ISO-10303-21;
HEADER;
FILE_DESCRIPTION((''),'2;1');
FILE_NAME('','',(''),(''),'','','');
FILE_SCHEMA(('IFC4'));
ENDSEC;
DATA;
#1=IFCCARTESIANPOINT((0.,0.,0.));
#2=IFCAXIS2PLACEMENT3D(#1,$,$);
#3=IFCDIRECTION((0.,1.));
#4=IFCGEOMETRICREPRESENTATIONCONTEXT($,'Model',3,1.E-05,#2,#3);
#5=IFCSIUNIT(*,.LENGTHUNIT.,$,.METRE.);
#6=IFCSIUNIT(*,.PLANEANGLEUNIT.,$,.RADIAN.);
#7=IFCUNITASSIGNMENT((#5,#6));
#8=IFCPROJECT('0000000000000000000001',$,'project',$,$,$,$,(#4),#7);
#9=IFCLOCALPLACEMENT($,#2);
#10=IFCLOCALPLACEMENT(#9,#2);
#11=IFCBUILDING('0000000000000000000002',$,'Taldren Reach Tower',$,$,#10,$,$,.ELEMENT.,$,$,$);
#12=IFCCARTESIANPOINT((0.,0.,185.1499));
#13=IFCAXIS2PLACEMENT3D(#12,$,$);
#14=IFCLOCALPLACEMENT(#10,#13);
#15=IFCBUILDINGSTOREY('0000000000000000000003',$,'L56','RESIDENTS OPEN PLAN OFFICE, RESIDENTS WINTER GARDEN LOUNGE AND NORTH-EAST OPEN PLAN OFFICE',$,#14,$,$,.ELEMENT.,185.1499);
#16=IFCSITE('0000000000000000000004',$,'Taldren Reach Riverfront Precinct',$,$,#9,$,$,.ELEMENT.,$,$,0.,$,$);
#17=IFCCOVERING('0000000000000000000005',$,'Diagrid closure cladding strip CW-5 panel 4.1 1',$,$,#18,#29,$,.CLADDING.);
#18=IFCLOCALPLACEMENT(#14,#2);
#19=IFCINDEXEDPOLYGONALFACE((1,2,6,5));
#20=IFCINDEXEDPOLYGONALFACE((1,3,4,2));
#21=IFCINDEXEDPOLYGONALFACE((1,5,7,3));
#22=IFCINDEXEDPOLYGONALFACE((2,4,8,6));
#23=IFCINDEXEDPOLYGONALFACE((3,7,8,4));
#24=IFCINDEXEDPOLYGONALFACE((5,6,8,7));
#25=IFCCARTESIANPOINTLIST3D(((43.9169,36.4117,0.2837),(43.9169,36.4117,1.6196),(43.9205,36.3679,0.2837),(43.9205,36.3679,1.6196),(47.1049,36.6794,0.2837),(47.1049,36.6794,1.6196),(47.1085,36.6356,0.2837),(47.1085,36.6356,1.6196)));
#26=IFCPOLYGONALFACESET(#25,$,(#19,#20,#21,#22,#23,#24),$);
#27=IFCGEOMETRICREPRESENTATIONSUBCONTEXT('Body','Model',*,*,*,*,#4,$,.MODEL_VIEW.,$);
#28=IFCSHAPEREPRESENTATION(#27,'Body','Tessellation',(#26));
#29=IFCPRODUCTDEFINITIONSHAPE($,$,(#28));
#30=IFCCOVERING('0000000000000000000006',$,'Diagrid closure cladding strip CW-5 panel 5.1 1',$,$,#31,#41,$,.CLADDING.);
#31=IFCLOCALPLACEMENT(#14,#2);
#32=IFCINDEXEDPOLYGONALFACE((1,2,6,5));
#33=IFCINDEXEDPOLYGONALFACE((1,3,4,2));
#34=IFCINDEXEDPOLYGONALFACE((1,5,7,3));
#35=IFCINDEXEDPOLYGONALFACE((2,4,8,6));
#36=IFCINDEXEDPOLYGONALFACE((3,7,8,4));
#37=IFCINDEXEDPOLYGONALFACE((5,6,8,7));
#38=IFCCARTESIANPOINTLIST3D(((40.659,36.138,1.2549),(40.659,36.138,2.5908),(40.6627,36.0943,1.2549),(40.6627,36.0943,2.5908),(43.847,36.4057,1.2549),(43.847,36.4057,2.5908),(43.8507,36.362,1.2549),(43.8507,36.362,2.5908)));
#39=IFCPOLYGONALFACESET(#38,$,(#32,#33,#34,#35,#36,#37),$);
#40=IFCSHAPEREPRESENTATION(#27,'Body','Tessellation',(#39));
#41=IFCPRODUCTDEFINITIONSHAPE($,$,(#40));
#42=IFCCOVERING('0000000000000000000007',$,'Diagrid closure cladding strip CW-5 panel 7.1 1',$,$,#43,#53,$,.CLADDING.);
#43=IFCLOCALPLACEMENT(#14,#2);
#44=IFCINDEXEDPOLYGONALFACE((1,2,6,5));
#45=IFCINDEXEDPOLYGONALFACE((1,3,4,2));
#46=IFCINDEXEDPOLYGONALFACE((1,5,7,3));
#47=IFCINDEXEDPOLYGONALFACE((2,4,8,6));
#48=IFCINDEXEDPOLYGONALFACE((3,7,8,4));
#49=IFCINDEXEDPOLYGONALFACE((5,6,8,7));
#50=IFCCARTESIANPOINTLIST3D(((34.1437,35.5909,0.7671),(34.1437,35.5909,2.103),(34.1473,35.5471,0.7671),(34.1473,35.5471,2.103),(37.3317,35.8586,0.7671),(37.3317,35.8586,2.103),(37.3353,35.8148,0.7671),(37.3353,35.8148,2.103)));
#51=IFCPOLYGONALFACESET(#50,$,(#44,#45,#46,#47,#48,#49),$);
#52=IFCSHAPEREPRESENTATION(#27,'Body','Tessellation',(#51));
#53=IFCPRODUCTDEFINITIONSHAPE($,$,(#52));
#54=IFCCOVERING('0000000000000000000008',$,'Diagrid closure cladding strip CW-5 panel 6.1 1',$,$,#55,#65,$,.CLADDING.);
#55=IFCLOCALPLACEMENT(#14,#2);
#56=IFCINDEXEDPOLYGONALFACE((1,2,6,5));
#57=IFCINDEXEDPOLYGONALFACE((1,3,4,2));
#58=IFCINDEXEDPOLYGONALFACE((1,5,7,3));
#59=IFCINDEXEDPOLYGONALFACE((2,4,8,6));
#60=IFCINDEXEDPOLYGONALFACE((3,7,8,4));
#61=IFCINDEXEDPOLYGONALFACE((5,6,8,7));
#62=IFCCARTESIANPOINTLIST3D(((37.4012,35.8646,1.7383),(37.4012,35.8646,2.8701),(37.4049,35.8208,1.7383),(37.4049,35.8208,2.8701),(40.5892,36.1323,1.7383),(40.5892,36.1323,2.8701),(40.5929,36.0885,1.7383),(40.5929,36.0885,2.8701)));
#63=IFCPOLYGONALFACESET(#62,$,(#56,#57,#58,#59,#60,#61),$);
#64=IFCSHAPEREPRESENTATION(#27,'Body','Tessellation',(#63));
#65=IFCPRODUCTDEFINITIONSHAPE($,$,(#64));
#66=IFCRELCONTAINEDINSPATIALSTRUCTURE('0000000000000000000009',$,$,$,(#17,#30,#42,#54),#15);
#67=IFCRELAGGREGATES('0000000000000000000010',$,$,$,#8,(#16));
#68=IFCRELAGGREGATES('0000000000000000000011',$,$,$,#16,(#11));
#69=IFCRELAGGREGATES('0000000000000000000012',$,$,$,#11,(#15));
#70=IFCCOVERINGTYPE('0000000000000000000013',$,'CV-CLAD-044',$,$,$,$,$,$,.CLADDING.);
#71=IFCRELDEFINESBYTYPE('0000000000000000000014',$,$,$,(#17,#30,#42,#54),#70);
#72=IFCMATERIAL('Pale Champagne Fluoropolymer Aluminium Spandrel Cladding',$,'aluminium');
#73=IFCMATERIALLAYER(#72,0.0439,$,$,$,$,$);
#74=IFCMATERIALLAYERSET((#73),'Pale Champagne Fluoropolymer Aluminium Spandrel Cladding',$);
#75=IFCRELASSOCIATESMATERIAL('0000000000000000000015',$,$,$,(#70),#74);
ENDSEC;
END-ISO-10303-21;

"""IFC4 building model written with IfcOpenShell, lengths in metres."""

from ifc_helpers import new_model, si_unit, direction, frame, origin, origin_2d, place, context, subcontext, project, spatial, rectangle, extrude, source, transform, mapped, material, layer, layer_set, type_object, element, save


model = new_model("IFC4")

# Units and contexts
model_context = context("Model", 3, precision=1e-05, world=origin(), true_north=direction((0.0, 1.0)))
body_context = subcontext(model_context, "Body", "Model", "MODEL_VIEW")
ifc_project = project(units=[si_unit("LENGTHUNIT", "METRE"), si_unit("PLANEANGLEUNIT", "RADIAN")], contexts=[model_context])

# Site, building, storey
site_placement = place(None, origin())
site = spatial("IfcSite", under=ifc_project, at=site_placement, Name="Taldren Reach Riverfront Precinct", CompositionType="ELEMENT", RefElevation=0.0)
building_placement = place(site_placement, origin())
building = spatial("IfcBuilding", under=site, at=building_placement, Name="Taldren Reach Tower", CompositionType="ELEMENT")
storey_placement = place(building_placement, frame((0.0, 0.0, 185.1499)))
storey = spatial("IfcBuildingStorey", under=building, at=storey_placement, Name="L56", Description="RESIDENTS OPEN PLAN OFFICE, RESIDENTS WINTER GARDEN LOUNGE AND NORTH-EAST OPEN PLAN OFFICE", CompositionType="ELEMENT", Elevation=185.1499)

# Coverings
ifc_material_1 = material(Name="Pale Champagne Fluoropolymer Aluminium Spandrel Cladding", Category="aluminium")
ifc_layer_1 = layer(ifc_material_1, 0.0439)
ifc_layer_set_1 = layer_set([ifc_layer_1], Name="Pale Champagne Fluoropolymer Aluminium Spandrel Cladding")
covering_type = type_object("IfcCoveringType", Name="CV-CLAD-044", PredefinedType="CLADDING", material=ifc_layer_set_1)
shared_shape_1 = source(origin(), body_context, "Body", "SweptSolid", [
    extrude(rectangle(XDim=3.1992, YDim=0.0439, at=origin_2d()), origin(), (0.0, 0.0, 1.0), 1.3359),
])
for number, where, z_axis, x_axis, name in (
    (1, (45.5127, 36.5237, 0.2837), (0.0, 0.0, 1.0), (-0.996493, -0.083678, 0.0), "Diagrid closure cladding strip CW-5 panel 4.1 1"),
    (2, (42.2549, 36.25, 1.2549), (0.0, 0.0, 1.0), (-0.996493, -0.083678, 0.0), "Diagrid closure cladding strip CW-5 panel 5.1 1"),
    (3, (35.7395, 35.7029, 0.7671), (0.0, 0.0, 1.0), (-0.996493, -0.083678, 0.0), "Diagrid closure cladding strip CW-5 panel 7.1 1"),
):
    element("IfcCovering", number, at=place(storey_placement, frame(where, z_axis=z_axis, x_axis=x_axis)), inside=storey, type_object=covering_type, Name=name, PredefinedType="CLADDING", context=body_context, shape_type="MappedRepresentation", body=[
        mapped(shared_shape_1, transform((0.0, 0.0, 0.0), scale=1.0)),
    ])
shared_shape_2 = source(origin(), body_context, "Body", "SweptSolid", [
    extrude(rectangle(XDim=3.1992, YDim=0.0439, at=origin_2d()), origin(), (0.0, 0.0, 1.0), 1.1318),
])
covering_placement = place(storey_placement, frame((38.9971, 35.9766, 1.7383), z_axis=(0.0, 0.0, 1.0), x_axis=(-0.996493, -0.083678, 0.0)))
element("IfcCovering", 4, at=covering_placement, inside=storey, type_object=covering_type, Name="Diagrid closure cladding strip CW-5 panel 6.1 1", PredefinedType="CLADDING", context=body_context, shape_type="MappedRepresentation", body=[
    mapped(shared_shape_2, transform((0.0, 0.0, 0.0), scale=1.0)),
])

save(model, "model.ifc")
